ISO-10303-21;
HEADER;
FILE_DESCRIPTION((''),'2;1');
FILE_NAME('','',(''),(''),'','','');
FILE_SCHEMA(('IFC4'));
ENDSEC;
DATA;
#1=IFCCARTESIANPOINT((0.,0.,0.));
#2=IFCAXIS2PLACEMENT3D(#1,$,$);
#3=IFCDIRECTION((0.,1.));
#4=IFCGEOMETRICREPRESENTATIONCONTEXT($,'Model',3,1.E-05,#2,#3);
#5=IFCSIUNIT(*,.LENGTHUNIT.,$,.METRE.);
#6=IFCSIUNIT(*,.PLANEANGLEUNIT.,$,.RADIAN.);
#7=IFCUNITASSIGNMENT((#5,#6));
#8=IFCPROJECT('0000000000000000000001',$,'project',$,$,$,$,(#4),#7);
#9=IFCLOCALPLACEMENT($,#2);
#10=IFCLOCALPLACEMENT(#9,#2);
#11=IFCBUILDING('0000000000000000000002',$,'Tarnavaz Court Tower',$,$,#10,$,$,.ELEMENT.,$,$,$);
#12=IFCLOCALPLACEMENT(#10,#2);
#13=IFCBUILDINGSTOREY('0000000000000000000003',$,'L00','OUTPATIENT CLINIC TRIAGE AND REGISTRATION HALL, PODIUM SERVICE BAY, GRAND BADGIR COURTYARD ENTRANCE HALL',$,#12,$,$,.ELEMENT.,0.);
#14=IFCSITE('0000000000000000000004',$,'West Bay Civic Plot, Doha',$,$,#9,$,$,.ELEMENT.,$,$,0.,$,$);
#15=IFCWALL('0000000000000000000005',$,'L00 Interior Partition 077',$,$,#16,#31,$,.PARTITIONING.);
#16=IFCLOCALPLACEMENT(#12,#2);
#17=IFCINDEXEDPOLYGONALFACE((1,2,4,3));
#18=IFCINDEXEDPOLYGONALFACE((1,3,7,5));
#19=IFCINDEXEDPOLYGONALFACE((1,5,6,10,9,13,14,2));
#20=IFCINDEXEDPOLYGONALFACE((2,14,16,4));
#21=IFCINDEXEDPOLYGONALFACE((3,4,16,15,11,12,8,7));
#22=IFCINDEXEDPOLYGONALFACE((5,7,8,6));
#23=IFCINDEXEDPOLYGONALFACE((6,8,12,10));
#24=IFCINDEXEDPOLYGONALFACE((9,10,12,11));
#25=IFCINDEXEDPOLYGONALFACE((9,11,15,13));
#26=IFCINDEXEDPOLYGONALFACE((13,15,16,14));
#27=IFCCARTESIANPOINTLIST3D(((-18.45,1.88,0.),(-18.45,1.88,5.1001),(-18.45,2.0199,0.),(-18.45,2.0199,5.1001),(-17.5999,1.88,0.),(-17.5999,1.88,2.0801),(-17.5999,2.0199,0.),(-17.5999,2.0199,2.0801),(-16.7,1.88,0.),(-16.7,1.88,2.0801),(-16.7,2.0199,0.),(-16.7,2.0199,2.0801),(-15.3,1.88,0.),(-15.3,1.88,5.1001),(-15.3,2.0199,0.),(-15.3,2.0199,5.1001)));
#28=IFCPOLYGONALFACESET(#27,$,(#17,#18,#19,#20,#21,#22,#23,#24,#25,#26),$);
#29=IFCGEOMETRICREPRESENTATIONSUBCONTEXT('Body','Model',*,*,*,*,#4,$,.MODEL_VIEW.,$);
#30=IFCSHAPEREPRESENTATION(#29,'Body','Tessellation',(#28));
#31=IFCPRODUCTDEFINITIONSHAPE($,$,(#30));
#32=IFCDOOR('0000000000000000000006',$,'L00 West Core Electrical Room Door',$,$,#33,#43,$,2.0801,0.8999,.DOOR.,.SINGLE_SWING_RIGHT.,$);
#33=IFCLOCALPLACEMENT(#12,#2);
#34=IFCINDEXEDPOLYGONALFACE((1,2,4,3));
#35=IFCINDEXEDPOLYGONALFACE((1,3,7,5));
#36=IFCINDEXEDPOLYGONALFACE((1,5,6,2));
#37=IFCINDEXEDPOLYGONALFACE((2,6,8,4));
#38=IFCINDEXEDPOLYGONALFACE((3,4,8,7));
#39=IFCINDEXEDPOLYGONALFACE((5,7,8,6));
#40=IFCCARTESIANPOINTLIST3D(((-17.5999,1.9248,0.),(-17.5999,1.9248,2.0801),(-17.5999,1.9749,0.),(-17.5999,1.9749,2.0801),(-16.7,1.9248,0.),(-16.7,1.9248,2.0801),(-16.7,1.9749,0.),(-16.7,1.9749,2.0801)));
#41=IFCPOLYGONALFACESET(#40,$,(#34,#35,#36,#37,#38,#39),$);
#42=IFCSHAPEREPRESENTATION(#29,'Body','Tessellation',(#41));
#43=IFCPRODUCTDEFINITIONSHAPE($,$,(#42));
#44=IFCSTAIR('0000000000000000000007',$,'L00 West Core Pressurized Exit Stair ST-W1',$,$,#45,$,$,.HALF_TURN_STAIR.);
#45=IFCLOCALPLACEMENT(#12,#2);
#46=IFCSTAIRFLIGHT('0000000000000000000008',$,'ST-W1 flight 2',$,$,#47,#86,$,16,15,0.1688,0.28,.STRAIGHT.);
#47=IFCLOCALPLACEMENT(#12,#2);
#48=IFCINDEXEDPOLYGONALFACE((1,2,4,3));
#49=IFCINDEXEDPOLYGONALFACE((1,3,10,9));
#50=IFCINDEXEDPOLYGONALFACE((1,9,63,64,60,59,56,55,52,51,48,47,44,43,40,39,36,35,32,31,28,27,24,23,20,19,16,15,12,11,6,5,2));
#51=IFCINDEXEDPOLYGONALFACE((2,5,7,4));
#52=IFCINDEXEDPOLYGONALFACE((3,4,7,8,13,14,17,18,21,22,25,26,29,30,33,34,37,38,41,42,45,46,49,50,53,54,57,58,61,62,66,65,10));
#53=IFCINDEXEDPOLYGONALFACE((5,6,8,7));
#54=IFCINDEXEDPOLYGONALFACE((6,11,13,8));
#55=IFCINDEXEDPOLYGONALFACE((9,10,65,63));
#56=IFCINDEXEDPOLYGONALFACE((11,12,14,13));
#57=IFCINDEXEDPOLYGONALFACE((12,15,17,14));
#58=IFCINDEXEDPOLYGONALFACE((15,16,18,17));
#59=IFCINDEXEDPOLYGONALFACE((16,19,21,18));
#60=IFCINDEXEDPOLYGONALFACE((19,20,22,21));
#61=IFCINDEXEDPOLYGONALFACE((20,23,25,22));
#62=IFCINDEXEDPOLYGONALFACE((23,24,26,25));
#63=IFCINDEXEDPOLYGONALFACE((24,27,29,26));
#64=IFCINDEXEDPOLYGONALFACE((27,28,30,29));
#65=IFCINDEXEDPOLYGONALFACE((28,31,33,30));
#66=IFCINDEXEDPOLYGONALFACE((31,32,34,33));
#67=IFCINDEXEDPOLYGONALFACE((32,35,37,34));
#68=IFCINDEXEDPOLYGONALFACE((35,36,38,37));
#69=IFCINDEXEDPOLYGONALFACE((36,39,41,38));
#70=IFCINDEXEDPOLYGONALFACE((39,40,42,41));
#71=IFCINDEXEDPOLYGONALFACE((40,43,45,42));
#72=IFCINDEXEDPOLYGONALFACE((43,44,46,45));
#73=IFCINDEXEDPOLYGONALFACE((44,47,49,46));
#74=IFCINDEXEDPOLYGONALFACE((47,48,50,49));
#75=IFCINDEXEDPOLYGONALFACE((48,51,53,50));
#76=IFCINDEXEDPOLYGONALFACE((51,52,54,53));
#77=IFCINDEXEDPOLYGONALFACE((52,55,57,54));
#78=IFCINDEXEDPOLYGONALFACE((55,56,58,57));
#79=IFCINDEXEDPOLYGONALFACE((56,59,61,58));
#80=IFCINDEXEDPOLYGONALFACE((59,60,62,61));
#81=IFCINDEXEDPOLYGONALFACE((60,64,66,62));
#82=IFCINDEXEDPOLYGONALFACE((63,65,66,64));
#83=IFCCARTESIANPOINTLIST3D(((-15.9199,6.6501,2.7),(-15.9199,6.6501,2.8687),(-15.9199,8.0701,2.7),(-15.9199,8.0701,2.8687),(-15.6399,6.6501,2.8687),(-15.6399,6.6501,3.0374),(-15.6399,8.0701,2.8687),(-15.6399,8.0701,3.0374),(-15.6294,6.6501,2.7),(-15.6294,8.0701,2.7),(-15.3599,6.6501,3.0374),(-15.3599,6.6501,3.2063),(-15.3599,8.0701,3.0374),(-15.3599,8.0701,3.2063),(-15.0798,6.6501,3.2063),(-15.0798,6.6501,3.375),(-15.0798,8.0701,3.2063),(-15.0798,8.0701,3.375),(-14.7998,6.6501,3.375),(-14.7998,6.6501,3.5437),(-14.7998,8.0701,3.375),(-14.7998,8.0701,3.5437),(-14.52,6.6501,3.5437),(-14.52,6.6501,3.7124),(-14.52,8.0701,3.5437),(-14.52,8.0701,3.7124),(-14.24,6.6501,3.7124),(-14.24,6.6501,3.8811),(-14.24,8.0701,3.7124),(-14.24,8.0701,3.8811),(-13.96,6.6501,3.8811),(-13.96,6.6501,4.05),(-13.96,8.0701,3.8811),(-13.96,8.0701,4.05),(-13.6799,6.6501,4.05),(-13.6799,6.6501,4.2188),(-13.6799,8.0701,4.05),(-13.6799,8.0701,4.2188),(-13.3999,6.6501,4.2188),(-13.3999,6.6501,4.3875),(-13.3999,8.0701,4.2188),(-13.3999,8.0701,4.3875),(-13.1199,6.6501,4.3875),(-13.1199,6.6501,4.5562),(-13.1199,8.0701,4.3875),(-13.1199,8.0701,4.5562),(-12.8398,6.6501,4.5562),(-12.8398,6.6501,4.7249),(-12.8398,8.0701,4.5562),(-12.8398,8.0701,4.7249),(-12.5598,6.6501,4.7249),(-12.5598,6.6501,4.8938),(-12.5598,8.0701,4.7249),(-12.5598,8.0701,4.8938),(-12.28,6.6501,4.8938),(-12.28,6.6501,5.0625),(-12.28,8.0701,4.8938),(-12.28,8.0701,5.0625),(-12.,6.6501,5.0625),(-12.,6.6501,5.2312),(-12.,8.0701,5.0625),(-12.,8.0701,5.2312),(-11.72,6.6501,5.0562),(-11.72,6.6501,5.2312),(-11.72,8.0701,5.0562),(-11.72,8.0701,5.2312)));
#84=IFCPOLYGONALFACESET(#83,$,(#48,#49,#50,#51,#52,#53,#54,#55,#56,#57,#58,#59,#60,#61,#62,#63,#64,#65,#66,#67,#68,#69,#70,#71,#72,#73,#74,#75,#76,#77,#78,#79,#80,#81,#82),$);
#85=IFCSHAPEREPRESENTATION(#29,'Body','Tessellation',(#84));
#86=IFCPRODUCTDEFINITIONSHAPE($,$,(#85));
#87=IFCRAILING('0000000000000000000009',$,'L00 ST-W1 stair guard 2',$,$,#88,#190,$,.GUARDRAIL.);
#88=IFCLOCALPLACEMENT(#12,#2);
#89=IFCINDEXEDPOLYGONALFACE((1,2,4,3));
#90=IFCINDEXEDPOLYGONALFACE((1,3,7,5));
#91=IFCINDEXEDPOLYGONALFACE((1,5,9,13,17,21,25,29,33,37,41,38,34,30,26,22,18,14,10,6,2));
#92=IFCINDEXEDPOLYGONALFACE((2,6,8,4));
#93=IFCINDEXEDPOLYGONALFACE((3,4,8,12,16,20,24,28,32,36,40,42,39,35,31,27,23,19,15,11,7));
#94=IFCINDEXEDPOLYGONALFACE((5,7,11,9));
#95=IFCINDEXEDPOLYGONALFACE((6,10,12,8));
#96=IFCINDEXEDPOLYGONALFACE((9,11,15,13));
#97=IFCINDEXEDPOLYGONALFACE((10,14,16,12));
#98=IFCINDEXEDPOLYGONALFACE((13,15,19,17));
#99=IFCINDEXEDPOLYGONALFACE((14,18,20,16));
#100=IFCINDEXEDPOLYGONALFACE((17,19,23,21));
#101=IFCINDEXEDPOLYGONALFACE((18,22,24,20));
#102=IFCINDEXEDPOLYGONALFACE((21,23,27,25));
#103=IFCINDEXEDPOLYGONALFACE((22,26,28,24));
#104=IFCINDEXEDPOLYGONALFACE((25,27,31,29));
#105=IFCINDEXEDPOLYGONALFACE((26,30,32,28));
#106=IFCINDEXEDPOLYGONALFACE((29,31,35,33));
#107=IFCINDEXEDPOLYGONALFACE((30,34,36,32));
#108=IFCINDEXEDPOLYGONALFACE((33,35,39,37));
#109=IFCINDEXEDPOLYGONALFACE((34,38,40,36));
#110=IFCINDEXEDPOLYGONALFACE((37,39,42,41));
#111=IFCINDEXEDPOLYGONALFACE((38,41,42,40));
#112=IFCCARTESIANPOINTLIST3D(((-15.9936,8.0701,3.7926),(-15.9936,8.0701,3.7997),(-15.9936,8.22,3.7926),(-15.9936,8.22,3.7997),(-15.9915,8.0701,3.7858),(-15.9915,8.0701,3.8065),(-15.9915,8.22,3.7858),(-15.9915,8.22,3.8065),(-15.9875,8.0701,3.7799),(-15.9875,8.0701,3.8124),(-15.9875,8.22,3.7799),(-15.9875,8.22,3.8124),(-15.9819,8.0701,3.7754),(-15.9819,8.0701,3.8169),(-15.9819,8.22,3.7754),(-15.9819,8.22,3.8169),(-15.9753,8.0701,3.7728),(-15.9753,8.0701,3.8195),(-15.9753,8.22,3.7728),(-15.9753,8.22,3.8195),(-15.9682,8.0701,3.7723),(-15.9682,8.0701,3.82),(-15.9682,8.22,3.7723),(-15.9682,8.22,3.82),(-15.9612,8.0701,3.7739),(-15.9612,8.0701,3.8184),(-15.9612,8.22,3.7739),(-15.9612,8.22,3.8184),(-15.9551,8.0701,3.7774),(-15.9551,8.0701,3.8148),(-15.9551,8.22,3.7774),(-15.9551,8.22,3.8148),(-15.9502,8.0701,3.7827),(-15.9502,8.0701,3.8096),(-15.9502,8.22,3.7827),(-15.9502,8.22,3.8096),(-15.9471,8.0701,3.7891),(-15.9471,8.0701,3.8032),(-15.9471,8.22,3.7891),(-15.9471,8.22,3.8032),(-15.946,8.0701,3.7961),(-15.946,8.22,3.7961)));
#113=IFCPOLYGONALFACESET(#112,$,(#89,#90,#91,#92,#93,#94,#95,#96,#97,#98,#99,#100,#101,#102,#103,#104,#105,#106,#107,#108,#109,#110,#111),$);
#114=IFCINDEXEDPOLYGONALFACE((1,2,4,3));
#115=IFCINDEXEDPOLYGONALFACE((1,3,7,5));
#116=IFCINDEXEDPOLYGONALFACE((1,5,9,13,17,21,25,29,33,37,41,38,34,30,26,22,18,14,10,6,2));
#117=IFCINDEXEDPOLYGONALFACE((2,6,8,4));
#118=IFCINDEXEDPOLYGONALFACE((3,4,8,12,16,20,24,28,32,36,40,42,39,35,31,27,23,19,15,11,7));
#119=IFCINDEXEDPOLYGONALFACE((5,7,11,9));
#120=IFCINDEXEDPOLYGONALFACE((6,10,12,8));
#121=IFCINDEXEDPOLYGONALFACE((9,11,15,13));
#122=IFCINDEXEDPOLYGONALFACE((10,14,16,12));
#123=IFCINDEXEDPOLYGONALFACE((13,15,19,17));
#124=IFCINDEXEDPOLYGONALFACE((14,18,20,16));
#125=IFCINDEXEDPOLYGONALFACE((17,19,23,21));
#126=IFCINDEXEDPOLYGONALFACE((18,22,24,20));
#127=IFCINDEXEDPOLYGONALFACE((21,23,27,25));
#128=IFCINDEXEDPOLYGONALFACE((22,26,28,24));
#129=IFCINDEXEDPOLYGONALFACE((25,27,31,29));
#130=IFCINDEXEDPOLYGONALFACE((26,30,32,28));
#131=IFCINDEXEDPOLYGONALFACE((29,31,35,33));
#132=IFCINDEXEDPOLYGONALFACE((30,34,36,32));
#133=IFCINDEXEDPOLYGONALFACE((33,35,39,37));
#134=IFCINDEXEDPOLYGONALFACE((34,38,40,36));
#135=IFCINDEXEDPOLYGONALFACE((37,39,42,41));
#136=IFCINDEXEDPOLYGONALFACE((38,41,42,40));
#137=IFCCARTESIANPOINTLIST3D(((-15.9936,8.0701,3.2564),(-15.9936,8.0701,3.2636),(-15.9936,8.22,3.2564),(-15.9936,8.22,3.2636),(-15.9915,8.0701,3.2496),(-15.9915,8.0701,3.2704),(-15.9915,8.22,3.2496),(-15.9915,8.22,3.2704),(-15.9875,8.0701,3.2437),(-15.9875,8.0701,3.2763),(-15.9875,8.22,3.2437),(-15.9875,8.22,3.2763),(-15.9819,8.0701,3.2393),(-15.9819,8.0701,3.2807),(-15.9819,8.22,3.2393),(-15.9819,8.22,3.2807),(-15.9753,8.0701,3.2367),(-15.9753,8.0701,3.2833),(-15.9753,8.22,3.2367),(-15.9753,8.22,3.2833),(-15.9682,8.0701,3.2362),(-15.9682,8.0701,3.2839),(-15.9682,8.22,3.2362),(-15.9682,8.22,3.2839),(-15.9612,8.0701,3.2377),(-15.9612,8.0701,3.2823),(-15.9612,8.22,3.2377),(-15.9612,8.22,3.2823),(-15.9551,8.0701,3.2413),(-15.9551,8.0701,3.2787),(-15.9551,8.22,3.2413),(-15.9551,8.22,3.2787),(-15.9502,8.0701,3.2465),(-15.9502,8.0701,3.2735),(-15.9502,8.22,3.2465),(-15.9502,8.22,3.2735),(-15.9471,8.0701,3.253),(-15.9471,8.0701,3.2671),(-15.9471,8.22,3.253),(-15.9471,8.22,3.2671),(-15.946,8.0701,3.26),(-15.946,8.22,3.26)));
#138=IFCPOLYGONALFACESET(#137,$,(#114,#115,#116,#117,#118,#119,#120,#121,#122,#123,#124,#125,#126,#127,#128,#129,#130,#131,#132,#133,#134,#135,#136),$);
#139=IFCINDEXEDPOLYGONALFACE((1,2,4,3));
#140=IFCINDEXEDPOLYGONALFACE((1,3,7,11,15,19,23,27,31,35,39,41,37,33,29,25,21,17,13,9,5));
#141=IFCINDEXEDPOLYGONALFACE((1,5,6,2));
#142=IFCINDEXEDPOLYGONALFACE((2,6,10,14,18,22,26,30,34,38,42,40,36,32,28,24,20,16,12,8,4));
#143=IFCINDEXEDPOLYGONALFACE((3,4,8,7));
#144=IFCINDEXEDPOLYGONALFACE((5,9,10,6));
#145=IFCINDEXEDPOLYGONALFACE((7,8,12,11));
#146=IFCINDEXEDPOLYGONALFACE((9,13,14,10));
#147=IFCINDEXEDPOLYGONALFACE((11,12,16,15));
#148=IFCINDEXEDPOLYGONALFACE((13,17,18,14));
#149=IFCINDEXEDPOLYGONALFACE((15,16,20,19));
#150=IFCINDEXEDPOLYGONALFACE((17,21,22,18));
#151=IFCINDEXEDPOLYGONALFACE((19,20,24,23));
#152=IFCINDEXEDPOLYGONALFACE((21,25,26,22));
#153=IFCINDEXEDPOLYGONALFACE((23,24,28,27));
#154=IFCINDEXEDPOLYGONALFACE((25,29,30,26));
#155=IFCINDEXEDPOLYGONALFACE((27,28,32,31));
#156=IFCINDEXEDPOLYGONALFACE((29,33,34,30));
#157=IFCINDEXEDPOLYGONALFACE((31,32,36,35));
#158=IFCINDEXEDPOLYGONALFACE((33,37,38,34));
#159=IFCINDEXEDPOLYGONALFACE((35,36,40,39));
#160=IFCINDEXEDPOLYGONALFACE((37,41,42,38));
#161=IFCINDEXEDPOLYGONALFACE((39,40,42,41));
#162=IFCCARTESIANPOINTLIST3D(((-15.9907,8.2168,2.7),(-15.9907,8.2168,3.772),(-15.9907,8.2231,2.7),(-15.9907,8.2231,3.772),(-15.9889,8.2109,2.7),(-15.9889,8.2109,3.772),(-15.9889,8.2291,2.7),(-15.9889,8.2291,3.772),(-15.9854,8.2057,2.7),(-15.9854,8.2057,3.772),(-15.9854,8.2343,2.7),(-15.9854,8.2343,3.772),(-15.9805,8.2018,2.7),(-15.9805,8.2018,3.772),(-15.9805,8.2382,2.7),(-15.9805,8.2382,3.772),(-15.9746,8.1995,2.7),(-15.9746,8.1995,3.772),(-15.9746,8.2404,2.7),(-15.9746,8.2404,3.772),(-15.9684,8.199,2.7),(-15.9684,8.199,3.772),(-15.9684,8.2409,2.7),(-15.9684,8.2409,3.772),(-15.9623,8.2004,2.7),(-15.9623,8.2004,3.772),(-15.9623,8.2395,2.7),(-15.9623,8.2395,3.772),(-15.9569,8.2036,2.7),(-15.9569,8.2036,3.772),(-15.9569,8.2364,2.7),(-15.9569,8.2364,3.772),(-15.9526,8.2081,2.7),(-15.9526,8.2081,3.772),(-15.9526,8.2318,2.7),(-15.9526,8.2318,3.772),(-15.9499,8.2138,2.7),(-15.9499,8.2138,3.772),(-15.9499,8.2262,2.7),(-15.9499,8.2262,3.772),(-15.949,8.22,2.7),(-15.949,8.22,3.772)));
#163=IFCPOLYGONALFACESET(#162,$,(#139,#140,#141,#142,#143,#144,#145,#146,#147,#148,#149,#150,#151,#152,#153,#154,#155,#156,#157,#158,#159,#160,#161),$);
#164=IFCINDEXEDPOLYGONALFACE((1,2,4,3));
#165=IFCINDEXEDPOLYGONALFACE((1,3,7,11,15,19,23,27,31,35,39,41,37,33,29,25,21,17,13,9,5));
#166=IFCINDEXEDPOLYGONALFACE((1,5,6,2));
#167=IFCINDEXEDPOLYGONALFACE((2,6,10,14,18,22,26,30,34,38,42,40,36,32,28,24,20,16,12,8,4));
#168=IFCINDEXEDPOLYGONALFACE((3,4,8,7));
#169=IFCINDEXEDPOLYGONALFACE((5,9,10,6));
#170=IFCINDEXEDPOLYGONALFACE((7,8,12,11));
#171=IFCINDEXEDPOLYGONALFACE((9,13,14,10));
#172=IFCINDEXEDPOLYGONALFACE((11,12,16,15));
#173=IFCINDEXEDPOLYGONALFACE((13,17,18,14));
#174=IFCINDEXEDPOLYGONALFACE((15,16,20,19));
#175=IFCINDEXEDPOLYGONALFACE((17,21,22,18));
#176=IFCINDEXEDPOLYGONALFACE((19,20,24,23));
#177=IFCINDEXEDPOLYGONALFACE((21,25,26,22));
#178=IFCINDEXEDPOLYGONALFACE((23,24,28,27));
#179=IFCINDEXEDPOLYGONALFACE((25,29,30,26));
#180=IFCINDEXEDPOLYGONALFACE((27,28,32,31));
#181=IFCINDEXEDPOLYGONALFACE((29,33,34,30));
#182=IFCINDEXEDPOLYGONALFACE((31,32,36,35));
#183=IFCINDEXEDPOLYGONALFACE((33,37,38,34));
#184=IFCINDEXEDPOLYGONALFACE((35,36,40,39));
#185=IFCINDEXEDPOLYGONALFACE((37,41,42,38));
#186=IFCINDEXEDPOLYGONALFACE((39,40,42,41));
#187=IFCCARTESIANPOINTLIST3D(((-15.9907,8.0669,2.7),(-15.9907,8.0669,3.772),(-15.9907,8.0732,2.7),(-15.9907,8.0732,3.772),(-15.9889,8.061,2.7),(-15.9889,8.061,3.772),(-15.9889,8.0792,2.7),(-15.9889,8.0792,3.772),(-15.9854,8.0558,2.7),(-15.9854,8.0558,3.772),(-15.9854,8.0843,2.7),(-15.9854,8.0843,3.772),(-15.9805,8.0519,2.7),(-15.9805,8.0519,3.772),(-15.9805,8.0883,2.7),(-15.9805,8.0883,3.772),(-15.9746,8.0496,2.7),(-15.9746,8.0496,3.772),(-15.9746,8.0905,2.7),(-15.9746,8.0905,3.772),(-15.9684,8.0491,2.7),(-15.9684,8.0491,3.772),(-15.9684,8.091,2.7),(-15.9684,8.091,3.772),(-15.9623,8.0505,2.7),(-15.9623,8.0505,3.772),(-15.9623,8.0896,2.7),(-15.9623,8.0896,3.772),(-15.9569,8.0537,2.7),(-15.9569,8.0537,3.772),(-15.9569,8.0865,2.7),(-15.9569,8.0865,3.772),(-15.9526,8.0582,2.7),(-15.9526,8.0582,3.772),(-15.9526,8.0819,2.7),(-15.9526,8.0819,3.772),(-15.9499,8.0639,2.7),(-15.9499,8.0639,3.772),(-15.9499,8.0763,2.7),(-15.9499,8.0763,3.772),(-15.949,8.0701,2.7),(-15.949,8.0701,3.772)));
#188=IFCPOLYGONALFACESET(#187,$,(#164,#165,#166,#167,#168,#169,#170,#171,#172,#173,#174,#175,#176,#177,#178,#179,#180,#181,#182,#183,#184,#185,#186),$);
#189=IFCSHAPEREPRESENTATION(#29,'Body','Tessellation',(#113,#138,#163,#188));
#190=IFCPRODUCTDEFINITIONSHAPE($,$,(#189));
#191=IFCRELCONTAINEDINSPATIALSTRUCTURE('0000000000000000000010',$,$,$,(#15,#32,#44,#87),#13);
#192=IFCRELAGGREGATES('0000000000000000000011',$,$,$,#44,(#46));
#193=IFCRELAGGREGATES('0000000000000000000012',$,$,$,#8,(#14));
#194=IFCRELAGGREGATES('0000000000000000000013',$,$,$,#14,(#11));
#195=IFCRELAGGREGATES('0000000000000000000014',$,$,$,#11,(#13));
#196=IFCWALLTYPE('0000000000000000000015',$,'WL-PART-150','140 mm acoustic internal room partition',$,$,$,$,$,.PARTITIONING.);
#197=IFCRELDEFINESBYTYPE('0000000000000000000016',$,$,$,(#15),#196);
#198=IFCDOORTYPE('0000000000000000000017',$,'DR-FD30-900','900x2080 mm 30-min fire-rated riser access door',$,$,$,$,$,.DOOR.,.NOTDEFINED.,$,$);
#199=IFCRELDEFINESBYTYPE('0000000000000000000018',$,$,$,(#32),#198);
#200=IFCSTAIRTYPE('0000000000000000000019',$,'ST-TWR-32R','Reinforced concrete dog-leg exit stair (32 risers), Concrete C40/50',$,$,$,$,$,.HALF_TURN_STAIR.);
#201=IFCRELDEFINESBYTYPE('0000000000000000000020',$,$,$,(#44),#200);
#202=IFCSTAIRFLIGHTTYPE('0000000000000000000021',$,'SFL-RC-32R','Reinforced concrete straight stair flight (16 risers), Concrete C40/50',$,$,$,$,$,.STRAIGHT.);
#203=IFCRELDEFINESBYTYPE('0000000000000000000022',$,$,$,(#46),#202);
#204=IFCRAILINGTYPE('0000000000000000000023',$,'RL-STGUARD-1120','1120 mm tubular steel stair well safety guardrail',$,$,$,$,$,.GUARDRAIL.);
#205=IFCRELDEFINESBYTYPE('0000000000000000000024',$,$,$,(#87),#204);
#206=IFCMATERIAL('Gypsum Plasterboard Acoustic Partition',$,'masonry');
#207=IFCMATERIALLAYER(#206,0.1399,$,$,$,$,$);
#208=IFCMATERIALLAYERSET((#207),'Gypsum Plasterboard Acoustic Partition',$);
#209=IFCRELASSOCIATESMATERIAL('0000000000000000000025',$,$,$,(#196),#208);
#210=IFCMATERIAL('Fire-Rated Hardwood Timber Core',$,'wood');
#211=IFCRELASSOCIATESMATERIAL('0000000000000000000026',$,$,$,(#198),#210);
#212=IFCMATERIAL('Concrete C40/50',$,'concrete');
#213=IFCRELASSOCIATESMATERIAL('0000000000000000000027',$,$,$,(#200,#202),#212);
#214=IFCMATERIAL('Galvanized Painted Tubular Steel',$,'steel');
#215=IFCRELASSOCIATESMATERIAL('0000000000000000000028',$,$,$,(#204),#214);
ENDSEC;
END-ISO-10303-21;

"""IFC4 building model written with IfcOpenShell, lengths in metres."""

from ifc_helpers import new_model, si_unit, direction, frame, frame_2d, origin, origin_2d, place, context, subcontext, project, spatial, polyline, rectangle, circle, outline, extrude, material, layer, layer_set, type_object, element, fill, aggregate, save


model = new_model("IFC4")

# Units and contexts
model_context = context("Model", 3, precision=1e-05, world=origin(), true_north=direction((0.0, 1.0)))
body_context = subcontext(model_context, "Body", "Model", "MODEL_VIEW")
ifc_project = project(units=[si_unit("LENGTHUNIT", "METRE"), si_unit("PLANEANGLEUNIT", "RADIAN")], contexts=[model_context])

# Site, building, storey
site_placement = place(None, origin())
site = spatial("IfcSite", under=ifc_project, at=site_placement, Name="West Bay Civic Plot, Doha", CompositionType="ELEMENT", RefElevation=0.0)
building_placement = place(site_placement, origin())
building = spatial("IfcBuilding", under=site, at=building_placement, Name="Tarnavaz Court Tower", CompositionType="ELEMENT")
storey_placement = place(building_placement, origin())
storey = spatial("IfcBuildingStorey", under=building, at=storey_placement, Name="L00", Description="OUTPATIENT CLINIC TRIAGE AND REGISTRATION HALL, PODIUM SERVICE BAY, GRAND BADGIR COURTYARD ENTRANCE HALL", CompositionType="ELEMENT", Elevation=0.0)

# Shared definitions
ifc_material_1 = material(Name="Fire-Rated Hardwood Timber Core", Category="wood")

# Wall, opening, door
ifc_material_2 = material(Name="Gypsum Plasterboard Acoustic Partition", Category="masonry")
ifc_layer_1 = layer(ifc_material_2, 0.1399)
ifc_layer_set_1 = layer_set([ifc_layer_1], Name="Gypsum Plasterboard Acoustic Partition")
wall_type_1 = type_object("IfcWallType", Name="WL-PART-150", Description="140 mm acoustic internal room partition", PredefinedType="PARTITIONING", material=ifc_layer_set_1)
wall_1_placement = place(storey_placement, frame((-18.45, 1.95, 0.0), z_axis=(0.0, 0.0, 1.0), x_axis=(1.0, 0.0, 0.0)))
wall_1 = element("IfcWall", 1, at=wall_1_placement, inside=storey, type_object=wall_type_1, Name="L00 Interior Partition 077", PredefinedType="PARTITIONING", context=body_context, shape_type="SweptSolid", body=[
    extrude(rectangle(XDim=3.1499, YDim=0.1399, at=frame_2d((1.575, 0.0))), origin(), (0.0, 0.0, 1.0), 5.1001),
])
opening_1_placement = place(wall_1_placement, frame((0.8501, 0.0, 0.0)))
opening_1 = element("IfcOpeningElement", 2, at=opening_1_placement, cuts=wall_1, PredefinedType="OPENING", context=body_context, shape_type="SweptSolid", body=[
    extrude(rectangle(XDim=0.8999, YDim=2.0801, at=frame_2d((0.45, 1.04))), frame((0.0, 0.0798, 0.0), z_axis=(0.0, -1.0, 0.0), x_axis=(1.0, 0.0, 0.0)), (0.0, 0.0, 1.0), 0.1599),
])
door_type_1 = type_object("IfcDoorType", Name="DR-FD30-900", Description="900x2080 mm 30-min fire-rated riser access door", OperationType="NOTDEFINED", PredefinedType="DOOR", material=ifc_material_1)
door_1_placement = place(opening_1_placement, origin())
door_1 = element("IfcDoor", 3, at=door_1_placement, inside=storey, type_object=door_type_1, Name="L00 West Core Electrical Room Door", OperationType="SINGLE_SWING_RIGHT", OverallHeight=2.0801, OverallWidth=0.8999, PredefinedType="DOOR", context=body_context, shape_type="SweptSolid", body=[
    extrude(rectangle(XDim=0.8999, YDim=2.0801, at=frame_2d((0.45, 1.04))), frame((0.0, 0.0249, 0.0), z_axis=(0.0, -1.0, 0.0), x_axis=(1.0, 0.0, 0.0)), (0.0, 0.0, 1.0), 0.05),
])
fill(opening_1, door_1)

# Stair, stair flight
ifc_material_3 = material(Name="Concrete C40/50", Category="concrete")
stair_type = type_object("IfcStairType", Name="ST-TWR-32R", Description="Reinforced concrete dog-leg exit stair (32 risers), Concrete C40/50", PredefinedType="HALF_TURN_STAIR", material=ifc_material_3)
stair_placement = place(storey_placement, origin())
stair = element("IfcStair", 4, at=stair_placement, inside=storey, type_object=stair_type, Name="L00 West Core Pressurized Exit Stair ST-W1", PredefinedType="HALF_TURN_STAIR")
stair_flight_type = type_object("IfcStairFlightType", Name="SFL-RC-32R", Description="Reinforced concrete straight stair flight (16 risers), Concrete C40/50", PredefinedType="STRAIGHT", material=ifc_material_3)
stair_flight_placement = place(storey_placement, frame((-15.9199, 7.3601, 2.7), z_axis=(0.0, 0.0, 1.0), x_axis=(1.0, 0.0, 0.0)))
stair_flight = element("IfcStairFlight", 5, at=stair_flight_placement, type_object=stair_flight_type, Name="ST-W1 flight 2", NumberOfRisers=16, NumberOfTreads=15, PredefinedType="STRAIGHT", RiserHeight=0.1688, TreadLength=0.28, context=body_context, shape_type="SweptSolid", body=[
    extrude(outline(polyline([(0.0, 0.0), (0.0, 0.1687), (0.28, 0.1687), (0.28, 0.3374), (0.5601, 0.3374), (0.5601, 0.5063), (0.8401, 0.5063), (0.8401, 0.675), (1.1201, 0.675), (1.1201, 0.8438), (1.3999, 0.8438), (1.3999, 1.0125), (1.6799, 1.0125), (1.6799, 1.1812), (1.96, 1.1812), (1.96, 1.3501), (2.24, 1.3501), (2.24, 1.5188), (2.52, 1.5188), (2.52, 1.6875), (2.8, 1.6875), (2.8, 1.8562), (3.0801, 1.8562), (3.0801, 2.0249), (3.3601, 2.0249), (3.3601, 2.1938), (3.6399, 2.1938), (3.6399, 2.3625), (3.9199, 2.3625), (3.9199, 2.5312), (4.2, 2.5312), (4.2, 2.7), (4.2, 2.3562), (0.2905, 0.0), (0.0, 0.0)])), frame((0.0, 0.71, 0.0), z_axis=(0.0, -1.0, 0.0), x_axis=(1.0, 0.0, 0.0)), (0.0, 0.0, 1.0), 1.4199),
])
aggregate(stair, [stair_flight])

# Railing
ifc_material_4 = material(Name="Galvanized Painted Tubular Steel", Category="steel")
railing_type_1 = type_object("IfcRailingType", Name="RL-STGUARD-1120", Description="1120 mm tubular steel stair well safety guardrail", PredefinedType="GUARDRAIL", material=ifc_material_4)
railing_1_placement = place(storey_placement, frame((-15.97, 8.22, 2.7)))
element("IfcRailing", 6, at=railing_1_placement, inside=storey, type_object=railing_type_1, Name="L00 ST-W1 stair guard 2", PredefinedType="GUARDRAIL", context=body_context, shape_type="SweptSolid", body=[
    extrude(circle(Radius=0.0239, at=origin_2d()), frame((0.0, 0.0, 1.0962), z_axis=(0.0, -1.0, 0.0), x_axis=(1.0, 0.0, 0.0)), (0.0, 0.0, 1.0), 0.1499),
    extrude(circle(Radius=0.0239, at=origin_2d()), frame((0.0, 0.0, 0.5601), z_axis=(0.0, -1.0, 0.0), x_axis=(1.0, 0.0, 0.0)), (0.0, 0.0, 1.0), 0.1499),
    extrude(circle(Radius=0.021, at=origin_2d()), origin(), (0.0, 0.0, 1.0), 1.072),
    extrude(circle(Radius=0.021, at=origin_2d()), frame((0.0, -0.1499, 0.0)), (0.0, 0.0, 1.0), 1.072),
])

save(model, "model.ifc")
